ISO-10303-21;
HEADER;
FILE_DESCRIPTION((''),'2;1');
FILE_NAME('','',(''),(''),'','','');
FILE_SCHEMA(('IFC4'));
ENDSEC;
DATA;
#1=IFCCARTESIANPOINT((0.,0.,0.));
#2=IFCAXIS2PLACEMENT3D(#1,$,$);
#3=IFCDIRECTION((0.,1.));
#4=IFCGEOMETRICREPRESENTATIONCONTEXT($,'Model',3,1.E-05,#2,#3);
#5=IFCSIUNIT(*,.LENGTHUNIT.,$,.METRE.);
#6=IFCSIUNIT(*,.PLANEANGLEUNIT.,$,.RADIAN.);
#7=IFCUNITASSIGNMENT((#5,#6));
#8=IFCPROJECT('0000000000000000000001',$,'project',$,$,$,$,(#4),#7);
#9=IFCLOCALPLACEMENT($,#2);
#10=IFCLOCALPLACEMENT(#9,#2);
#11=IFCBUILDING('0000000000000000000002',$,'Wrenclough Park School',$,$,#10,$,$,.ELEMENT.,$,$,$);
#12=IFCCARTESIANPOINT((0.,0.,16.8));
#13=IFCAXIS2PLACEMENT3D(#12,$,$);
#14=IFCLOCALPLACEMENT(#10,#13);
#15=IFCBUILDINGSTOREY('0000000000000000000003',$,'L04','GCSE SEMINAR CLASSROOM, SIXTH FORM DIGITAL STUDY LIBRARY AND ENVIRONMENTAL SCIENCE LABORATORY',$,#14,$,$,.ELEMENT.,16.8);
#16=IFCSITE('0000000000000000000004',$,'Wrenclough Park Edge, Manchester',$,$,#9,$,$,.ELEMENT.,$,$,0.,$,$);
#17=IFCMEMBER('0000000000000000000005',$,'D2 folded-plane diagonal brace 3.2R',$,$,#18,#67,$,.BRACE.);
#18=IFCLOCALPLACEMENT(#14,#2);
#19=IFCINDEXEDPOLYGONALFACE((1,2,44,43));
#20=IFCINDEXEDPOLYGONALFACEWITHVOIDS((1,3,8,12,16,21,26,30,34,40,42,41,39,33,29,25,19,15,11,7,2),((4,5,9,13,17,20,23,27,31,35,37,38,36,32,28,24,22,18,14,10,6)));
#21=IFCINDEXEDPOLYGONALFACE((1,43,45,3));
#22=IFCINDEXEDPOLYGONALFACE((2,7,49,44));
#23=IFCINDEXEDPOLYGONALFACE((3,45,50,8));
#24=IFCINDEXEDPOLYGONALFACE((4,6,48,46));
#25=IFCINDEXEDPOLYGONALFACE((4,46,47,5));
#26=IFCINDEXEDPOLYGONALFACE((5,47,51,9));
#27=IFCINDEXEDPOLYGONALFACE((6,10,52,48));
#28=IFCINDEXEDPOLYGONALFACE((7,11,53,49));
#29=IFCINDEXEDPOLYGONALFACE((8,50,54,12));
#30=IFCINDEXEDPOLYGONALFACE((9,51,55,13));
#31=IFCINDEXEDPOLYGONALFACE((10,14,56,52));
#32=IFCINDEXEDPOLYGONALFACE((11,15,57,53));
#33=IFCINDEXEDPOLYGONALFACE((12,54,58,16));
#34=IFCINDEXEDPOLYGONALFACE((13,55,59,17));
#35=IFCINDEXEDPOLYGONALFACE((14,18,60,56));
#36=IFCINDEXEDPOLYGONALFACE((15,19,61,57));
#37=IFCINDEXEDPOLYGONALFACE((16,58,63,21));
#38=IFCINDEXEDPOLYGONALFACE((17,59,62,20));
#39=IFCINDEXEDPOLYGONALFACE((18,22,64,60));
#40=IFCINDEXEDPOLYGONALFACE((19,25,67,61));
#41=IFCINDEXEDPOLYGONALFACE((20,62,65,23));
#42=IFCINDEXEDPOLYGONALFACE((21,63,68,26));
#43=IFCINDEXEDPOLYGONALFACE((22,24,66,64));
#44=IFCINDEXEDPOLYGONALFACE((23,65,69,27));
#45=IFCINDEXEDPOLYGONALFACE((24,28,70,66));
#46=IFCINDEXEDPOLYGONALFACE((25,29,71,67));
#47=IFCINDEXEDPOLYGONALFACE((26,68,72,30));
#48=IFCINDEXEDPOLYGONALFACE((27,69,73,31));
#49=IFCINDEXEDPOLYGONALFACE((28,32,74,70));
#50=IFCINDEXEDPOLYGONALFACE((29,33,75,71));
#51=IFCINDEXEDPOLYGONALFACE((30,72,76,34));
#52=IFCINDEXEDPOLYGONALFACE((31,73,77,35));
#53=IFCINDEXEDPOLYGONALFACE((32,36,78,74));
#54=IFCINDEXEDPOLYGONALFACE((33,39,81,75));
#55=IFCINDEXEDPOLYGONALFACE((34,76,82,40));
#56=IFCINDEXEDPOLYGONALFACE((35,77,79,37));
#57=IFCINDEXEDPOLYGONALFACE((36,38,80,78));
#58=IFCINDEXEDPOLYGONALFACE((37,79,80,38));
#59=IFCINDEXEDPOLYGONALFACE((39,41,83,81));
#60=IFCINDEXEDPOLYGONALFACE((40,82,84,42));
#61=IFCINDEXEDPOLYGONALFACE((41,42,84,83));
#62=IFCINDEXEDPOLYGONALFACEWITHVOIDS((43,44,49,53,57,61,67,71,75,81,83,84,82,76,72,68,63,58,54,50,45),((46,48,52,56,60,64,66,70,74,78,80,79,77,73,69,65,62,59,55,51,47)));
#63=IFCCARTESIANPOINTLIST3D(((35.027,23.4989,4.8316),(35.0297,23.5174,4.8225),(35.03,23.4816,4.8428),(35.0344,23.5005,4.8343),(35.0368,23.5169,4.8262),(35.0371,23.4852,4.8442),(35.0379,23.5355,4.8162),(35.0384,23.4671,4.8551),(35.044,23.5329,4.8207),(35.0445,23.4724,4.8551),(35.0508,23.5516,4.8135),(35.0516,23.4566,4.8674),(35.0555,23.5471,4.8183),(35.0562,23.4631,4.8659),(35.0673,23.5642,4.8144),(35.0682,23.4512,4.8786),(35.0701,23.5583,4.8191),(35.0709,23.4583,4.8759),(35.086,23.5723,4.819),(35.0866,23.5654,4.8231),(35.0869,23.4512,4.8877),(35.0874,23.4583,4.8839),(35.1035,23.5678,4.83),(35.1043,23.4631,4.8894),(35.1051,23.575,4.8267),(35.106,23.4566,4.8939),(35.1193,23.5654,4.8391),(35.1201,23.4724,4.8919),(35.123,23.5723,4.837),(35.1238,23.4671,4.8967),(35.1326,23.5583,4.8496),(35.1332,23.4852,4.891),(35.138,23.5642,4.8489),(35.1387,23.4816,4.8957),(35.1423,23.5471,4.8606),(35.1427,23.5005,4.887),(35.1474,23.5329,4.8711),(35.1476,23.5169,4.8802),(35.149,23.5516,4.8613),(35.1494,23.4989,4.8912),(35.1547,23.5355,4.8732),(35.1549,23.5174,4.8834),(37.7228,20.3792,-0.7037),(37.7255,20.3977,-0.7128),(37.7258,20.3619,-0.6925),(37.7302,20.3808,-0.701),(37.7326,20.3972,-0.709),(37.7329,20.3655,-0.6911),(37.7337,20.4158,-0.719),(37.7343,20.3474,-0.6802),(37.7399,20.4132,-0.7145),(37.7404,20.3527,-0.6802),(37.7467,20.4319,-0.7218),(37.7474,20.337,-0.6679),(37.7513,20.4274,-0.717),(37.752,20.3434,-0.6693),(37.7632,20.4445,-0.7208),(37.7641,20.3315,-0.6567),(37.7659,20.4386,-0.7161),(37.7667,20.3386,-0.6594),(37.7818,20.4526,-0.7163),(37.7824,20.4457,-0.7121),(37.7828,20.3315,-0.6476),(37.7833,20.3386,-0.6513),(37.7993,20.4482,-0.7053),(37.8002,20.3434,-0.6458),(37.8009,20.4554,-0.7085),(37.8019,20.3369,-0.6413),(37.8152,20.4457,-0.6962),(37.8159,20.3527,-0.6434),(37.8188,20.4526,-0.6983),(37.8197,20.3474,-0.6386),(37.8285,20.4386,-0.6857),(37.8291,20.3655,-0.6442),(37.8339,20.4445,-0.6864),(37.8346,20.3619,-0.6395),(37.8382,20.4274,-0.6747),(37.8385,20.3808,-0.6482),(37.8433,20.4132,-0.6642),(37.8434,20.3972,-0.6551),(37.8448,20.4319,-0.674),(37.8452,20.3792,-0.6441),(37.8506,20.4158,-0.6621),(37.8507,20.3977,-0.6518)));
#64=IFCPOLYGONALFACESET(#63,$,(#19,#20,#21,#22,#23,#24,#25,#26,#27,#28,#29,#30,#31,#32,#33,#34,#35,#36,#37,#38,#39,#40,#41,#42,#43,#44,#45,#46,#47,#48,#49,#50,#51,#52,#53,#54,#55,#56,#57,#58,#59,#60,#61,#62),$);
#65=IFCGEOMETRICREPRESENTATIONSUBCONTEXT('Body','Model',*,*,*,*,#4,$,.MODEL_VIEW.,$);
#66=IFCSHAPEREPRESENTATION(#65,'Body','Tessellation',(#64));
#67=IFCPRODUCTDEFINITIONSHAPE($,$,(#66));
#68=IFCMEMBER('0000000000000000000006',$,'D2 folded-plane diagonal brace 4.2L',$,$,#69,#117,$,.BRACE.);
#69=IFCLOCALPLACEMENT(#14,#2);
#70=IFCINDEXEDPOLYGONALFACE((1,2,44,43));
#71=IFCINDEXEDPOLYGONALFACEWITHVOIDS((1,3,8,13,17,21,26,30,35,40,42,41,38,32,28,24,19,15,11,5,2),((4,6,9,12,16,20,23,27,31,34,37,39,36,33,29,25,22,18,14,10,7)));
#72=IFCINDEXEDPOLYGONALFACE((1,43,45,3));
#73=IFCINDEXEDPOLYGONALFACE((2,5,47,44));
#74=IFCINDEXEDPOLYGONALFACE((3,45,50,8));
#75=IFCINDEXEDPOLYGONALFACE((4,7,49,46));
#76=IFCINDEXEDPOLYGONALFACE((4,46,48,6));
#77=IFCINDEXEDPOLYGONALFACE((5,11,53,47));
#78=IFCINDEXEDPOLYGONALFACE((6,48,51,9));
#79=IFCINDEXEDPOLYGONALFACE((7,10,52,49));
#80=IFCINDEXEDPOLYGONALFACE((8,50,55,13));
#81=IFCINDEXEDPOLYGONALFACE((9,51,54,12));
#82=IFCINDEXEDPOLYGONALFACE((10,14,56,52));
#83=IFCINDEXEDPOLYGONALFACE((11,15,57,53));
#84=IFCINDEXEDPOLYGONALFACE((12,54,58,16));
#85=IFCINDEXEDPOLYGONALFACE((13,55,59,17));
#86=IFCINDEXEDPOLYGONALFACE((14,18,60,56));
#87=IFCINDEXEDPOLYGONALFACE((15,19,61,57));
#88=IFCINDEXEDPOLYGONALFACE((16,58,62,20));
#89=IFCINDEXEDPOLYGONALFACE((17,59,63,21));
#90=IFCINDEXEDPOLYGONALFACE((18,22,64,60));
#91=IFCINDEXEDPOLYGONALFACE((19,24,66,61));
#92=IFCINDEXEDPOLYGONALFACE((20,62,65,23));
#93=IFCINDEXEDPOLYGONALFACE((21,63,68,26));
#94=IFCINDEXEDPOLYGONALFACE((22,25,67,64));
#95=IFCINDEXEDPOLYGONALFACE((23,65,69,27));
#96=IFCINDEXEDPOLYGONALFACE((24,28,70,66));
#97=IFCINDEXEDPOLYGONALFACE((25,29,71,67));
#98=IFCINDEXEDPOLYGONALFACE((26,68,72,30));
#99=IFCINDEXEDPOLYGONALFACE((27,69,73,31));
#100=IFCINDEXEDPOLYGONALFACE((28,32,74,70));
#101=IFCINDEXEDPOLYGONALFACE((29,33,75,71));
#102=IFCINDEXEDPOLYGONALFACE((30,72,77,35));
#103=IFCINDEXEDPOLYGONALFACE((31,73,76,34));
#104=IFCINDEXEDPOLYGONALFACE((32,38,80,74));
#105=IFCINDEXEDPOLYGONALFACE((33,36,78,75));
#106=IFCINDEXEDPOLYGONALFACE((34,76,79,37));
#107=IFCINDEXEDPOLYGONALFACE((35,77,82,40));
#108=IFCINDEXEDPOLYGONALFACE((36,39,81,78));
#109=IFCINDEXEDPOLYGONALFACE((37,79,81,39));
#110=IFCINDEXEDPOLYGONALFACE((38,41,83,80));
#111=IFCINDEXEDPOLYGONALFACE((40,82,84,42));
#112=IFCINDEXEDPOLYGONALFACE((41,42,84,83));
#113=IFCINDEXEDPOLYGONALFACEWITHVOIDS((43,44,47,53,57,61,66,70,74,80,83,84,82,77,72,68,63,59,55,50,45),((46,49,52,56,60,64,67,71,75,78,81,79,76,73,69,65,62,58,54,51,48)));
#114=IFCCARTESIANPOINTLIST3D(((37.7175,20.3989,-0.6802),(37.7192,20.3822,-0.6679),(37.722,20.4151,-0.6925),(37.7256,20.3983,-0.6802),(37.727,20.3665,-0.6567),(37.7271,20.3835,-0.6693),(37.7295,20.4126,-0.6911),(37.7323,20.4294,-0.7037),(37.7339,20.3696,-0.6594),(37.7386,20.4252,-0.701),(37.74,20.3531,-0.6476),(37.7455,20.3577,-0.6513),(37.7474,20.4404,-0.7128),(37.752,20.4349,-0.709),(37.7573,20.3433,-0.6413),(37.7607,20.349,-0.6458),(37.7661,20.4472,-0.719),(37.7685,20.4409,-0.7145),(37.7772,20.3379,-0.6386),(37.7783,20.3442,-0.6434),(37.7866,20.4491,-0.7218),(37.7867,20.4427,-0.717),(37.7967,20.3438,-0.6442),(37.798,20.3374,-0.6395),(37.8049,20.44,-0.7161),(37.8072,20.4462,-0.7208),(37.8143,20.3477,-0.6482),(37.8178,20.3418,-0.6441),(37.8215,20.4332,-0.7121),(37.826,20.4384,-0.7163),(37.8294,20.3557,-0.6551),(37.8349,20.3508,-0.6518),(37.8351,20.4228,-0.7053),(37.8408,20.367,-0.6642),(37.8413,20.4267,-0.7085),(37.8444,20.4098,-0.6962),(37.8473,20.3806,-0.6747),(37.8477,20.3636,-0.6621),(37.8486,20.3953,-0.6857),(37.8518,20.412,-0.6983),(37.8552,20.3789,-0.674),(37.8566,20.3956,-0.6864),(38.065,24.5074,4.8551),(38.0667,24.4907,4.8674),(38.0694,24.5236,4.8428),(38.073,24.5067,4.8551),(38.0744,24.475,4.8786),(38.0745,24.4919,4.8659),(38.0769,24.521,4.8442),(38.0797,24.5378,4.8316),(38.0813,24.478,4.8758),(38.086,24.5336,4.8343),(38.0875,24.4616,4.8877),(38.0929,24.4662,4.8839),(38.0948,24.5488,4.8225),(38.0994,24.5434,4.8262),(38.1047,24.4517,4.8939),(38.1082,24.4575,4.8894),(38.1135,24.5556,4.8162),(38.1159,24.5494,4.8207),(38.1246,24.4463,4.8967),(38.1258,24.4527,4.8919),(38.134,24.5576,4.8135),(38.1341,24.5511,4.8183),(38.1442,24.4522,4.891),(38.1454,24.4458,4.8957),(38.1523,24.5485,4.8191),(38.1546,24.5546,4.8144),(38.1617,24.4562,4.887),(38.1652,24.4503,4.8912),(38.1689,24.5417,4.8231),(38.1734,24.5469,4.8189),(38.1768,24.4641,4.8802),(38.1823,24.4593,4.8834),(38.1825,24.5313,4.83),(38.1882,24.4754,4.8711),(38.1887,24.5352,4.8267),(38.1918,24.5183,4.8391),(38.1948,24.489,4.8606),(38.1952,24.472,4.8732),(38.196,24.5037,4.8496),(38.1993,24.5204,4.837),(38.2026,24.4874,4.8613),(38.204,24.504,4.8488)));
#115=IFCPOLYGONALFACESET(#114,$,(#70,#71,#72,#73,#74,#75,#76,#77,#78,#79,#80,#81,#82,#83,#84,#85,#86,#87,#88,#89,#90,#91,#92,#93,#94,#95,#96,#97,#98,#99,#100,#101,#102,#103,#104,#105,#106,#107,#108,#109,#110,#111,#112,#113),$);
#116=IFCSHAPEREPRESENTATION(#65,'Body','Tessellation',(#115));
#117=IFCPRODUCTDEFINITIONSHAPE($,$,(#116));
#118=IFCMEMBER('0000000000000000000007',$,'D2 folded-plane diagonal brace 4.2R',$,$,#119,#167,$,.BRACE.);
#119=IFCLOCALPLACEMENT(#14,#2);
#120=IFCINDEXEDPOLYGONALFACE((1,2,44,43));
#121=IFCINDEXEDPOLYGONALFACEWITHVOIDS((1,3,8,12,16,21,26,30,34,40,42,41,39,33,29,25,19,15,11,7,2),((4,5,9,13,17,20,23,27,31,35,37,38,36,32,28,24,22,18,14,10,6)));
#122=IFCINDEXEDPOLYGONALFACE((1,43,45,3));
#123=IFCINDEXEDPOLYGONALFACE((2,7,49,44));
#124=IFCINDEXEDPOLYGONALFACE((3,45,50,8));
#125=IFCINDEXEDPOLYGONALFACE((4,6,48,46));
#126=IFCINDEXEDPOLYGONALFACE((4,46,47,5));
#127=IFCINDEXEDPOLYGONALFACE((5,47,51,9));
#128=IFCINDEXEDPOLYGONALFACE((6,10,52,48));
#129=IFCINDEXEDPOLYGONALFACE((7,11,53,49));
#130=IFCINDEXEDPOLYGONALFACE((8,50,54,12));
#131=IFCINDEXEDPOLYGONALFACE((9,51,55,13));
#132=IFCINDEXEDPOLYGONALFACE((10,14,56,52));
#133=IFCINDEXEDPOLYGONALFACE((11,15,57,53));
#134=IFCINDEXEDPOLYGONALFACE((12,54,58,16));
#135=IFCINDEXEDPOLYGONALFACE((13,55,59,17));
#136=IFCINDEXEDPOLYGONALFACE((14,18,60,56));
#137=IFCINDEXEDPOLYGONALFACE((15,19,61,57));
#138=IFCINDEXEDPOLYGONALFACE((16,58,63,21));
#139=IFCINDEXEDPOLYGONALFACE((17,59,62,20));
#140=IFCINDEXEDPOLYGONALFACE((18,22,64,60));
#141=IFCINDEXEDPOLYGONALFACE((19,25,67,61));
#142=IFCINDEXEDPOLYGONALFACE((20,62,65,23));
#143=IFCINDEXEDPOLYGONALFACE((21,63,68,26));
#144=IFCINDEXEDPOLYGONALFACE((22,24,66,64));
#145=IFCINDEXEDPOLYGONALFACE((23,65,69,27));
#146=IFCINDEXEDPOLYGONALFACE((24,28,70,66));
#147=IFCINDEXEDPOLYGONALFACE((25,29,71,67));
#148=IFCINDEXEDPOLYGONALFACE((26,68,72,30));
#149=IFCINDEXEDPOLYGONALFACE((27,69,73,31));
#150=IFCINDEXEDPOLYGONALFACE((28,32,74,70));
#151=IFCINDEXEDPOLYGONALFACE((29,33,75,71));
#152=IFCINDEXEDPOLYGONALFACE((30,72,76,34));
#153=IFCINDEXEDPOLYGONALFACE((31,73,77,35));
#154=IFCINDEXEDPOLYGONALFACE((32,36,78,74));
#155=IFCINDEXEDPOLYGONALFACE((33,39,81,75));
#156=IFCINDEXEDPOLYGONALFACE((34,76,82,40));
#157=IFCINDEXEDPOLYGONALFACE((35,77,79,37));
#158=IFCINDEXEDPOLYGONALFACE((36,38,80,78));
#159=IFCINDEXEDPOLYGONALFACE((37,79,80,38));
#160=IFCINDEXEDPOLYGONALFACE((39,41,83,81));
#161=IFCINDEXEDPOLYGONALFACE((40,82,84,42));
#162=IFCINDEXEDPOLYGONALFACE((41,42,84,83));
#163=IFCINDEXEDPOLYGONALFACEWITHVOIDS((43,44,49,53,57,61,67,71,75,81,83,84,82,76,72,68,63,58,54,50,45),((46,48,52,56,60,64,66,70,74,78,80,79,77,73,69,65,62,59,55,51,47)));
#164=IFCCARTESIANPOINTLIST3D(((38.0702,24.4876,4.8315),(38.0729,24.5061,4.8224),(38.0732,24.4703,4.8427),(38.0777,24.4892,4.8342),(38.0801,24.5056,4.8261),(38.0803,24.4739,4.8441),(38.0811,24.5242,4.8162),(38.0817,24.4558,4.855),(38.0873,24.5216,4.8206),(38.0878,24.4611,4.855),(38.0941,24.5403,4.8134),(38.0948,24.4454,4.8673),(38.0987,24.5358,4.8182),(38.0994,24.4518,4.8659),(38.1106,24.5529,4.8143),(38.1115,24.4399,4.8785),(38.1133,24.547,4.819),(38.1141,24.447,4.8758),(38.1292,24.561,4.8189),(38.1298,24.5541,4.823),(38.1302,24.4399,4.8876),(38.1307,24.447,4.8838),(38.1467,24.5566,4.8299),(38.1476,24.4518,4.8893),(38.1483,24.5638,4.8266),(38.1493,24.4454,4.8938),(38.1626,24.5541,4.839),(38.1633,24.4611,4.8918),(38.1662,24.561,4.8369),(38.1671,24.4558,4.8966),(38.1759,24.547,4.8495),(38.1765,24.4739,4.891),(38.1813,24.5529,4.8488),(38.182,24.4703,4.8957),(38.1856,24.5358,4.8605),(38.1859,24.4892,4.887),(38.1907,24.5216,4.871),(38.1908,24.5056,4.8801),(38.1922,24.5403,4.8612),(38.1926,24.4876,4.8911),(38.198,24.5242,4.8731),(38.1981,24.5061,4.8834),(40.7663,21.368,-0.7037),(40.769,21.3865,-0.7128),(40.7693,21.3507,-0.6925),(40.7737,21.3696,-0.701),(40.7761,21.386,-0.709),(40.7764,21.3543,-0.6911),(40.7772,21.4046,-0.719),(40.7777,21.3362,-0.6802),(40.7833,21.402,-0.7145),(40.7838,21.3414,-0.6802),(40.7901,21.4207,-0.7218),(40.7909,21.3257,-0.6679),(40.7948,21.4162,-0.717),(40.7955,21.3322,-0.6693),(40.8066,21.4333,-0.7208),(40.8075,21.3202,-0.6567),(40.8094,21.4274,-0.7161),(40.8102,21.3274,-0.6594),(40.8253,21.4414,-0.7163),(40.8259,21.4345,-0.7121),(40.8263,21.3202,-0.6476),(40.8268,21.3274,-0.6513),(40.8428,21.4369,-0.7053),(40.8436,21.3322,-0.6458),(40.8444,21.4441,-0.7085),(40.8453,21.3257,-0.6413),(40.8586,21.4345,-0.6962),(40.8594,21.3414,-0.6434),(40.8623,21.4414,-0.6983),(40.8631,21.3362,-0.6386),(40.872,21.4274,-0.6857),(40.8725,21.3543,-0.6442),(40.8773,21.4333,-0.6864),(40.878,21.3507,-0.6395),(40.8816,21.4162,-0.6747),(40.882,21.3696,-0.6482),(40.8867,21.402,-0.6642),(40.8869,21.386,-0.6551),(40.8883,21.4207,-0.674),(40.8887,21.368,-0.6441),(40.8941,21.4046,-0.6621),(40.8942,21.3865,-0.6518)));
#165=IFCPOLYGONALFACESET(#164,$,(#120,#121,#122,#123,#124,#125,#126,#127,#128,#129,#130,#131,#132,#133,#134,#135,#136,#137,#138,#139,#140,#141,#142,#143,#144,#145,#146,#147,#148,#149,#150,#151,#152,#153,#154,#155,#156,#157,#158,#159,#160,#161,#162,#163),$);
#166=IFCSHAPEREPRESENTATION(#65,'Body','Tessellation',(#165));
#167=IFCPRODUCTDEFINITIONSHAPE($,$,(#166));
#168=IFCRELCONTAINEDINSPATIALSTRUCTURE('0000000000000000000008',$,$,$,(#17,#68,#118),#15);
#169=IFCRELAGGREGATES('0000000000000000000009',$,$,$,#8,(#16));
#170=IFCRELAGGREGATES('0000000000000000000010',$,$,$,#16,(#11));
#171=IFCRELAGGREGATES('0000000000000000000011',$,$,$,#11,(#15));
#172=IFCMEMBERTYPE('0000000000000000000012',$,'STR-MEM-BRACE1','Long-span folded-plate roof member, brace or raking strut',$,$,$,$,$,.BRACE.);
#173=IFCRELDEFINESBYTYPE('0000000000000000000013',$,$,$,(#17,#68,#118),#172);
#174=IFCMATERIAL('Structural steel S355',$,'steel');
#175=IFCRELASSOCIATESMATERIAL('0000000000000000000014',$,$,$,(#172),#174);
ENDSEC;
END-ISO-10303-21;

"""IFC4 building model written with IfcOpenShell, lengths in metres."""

from ifc_helpers import new_model, si_unit, direction, frame, origin, origin_2d, place, context, subcontext, project, spatial, hollow_circle, extrude, material, material_profile, profile_set, type_object, element, save


model = new_model("IFC4")

# Units and contexts
model_context = context("Model", 3, precision=1e-05, world=origin(), true_north=direction((0.0, 1.0)))
body_context = subcontext(model_context, "Body", "Model", "MODEL_VIEW")
ifc_project = project(units=[si_unit("LENGTHUNIT", "METRE"), si_unit("PLANEANGLEUNIT", "RADIAN")], contexts=[model_context])

# Site, building, storey
site_placement = place(None, origin())
site = spatial("IfcSite", under=ifc_project, at=site_placement, Name="Wrenclough Park Edge, Manchester", CompositionType="ELEMENT", RefElevation=0.0)
building_placement = place(site_placement, origin())
building = spatial("IfcBuilding", under=site, at=building_placement, Name="Wrenclough Park School", CompositionType="ELEMENT")
storey_placement = place(building_placement, frame((0.0, 0.0, 16.8)))
storey = spatial("IfcBuildingStorey", under=building, at=storey_placement, Name="L04", Description="GCSE SEMINAR CLASSROOM, SIXTH FORM DIGITAL STUDY LIBRARY AND ENVIRONMENTAL SCIENCE LABORATORY", CompositionType="ELEMENT", Elevation=16.8)

# Members
ifc_material = material(Name="Structural steel S355", Category="steel")
ifc_material_profile_1 = material_profile(ifc_material, hollow_circle(Radius=0.0698, WallThickness=0.0081, at=origin_2d()), Name="CHS 139.7x8.0")
ifc_profile_set_1 = profile_set([ifc_material_profile_1], Name="Structural steel S355")
member_type_1 = type_object("IfcMemberType", Name="STR-MEM-BRACE1", Description="Long-span folded-plate roof member, brace or raking strut", PredefinedType="BRACE", material=ifc_profile_set_1)
for number, where, z_axis, x_axis, name in (
    (1, (37.7871, 20.3931, -0.6802), (-0.390583, 0.45199, 0.801966), (-0.756634, -0.653839, 0.0), "D2 folded-plane diagonal brace 3.2R"),
    (2, (37.7871, 20.3931, -0.6802), (0.050335, 0.595248, 0.801964), (-0.996444, 0.084261, 0.0), "D2 folded-plane diagonal brace 4.2L"),
    (3, (40.8306, 21.3818, -0.6802), (-0.390613, 0.451984, 0.801955), (-0.756605, -0.653873, 0.0), "D2 folded-plane diagonal brace 4.2R"),
):
    element("IfcMember", number, at=place(storey_placement, frame(where, z_axis=z_axis, x_axis=x_axis)), inside=storey, type_object=member_type_1, Name=name, PredefinedType="BRACE", context=body_context, shape_type="SweptSolid", body=[
        extrude(hollow_circle(Radius=0.0698, WallThickness=0.0081, at=origin_2d()), origin(), (0.0, 0.0, 1.0), 6.9021),
    ])

save(model, "model.ifc")
